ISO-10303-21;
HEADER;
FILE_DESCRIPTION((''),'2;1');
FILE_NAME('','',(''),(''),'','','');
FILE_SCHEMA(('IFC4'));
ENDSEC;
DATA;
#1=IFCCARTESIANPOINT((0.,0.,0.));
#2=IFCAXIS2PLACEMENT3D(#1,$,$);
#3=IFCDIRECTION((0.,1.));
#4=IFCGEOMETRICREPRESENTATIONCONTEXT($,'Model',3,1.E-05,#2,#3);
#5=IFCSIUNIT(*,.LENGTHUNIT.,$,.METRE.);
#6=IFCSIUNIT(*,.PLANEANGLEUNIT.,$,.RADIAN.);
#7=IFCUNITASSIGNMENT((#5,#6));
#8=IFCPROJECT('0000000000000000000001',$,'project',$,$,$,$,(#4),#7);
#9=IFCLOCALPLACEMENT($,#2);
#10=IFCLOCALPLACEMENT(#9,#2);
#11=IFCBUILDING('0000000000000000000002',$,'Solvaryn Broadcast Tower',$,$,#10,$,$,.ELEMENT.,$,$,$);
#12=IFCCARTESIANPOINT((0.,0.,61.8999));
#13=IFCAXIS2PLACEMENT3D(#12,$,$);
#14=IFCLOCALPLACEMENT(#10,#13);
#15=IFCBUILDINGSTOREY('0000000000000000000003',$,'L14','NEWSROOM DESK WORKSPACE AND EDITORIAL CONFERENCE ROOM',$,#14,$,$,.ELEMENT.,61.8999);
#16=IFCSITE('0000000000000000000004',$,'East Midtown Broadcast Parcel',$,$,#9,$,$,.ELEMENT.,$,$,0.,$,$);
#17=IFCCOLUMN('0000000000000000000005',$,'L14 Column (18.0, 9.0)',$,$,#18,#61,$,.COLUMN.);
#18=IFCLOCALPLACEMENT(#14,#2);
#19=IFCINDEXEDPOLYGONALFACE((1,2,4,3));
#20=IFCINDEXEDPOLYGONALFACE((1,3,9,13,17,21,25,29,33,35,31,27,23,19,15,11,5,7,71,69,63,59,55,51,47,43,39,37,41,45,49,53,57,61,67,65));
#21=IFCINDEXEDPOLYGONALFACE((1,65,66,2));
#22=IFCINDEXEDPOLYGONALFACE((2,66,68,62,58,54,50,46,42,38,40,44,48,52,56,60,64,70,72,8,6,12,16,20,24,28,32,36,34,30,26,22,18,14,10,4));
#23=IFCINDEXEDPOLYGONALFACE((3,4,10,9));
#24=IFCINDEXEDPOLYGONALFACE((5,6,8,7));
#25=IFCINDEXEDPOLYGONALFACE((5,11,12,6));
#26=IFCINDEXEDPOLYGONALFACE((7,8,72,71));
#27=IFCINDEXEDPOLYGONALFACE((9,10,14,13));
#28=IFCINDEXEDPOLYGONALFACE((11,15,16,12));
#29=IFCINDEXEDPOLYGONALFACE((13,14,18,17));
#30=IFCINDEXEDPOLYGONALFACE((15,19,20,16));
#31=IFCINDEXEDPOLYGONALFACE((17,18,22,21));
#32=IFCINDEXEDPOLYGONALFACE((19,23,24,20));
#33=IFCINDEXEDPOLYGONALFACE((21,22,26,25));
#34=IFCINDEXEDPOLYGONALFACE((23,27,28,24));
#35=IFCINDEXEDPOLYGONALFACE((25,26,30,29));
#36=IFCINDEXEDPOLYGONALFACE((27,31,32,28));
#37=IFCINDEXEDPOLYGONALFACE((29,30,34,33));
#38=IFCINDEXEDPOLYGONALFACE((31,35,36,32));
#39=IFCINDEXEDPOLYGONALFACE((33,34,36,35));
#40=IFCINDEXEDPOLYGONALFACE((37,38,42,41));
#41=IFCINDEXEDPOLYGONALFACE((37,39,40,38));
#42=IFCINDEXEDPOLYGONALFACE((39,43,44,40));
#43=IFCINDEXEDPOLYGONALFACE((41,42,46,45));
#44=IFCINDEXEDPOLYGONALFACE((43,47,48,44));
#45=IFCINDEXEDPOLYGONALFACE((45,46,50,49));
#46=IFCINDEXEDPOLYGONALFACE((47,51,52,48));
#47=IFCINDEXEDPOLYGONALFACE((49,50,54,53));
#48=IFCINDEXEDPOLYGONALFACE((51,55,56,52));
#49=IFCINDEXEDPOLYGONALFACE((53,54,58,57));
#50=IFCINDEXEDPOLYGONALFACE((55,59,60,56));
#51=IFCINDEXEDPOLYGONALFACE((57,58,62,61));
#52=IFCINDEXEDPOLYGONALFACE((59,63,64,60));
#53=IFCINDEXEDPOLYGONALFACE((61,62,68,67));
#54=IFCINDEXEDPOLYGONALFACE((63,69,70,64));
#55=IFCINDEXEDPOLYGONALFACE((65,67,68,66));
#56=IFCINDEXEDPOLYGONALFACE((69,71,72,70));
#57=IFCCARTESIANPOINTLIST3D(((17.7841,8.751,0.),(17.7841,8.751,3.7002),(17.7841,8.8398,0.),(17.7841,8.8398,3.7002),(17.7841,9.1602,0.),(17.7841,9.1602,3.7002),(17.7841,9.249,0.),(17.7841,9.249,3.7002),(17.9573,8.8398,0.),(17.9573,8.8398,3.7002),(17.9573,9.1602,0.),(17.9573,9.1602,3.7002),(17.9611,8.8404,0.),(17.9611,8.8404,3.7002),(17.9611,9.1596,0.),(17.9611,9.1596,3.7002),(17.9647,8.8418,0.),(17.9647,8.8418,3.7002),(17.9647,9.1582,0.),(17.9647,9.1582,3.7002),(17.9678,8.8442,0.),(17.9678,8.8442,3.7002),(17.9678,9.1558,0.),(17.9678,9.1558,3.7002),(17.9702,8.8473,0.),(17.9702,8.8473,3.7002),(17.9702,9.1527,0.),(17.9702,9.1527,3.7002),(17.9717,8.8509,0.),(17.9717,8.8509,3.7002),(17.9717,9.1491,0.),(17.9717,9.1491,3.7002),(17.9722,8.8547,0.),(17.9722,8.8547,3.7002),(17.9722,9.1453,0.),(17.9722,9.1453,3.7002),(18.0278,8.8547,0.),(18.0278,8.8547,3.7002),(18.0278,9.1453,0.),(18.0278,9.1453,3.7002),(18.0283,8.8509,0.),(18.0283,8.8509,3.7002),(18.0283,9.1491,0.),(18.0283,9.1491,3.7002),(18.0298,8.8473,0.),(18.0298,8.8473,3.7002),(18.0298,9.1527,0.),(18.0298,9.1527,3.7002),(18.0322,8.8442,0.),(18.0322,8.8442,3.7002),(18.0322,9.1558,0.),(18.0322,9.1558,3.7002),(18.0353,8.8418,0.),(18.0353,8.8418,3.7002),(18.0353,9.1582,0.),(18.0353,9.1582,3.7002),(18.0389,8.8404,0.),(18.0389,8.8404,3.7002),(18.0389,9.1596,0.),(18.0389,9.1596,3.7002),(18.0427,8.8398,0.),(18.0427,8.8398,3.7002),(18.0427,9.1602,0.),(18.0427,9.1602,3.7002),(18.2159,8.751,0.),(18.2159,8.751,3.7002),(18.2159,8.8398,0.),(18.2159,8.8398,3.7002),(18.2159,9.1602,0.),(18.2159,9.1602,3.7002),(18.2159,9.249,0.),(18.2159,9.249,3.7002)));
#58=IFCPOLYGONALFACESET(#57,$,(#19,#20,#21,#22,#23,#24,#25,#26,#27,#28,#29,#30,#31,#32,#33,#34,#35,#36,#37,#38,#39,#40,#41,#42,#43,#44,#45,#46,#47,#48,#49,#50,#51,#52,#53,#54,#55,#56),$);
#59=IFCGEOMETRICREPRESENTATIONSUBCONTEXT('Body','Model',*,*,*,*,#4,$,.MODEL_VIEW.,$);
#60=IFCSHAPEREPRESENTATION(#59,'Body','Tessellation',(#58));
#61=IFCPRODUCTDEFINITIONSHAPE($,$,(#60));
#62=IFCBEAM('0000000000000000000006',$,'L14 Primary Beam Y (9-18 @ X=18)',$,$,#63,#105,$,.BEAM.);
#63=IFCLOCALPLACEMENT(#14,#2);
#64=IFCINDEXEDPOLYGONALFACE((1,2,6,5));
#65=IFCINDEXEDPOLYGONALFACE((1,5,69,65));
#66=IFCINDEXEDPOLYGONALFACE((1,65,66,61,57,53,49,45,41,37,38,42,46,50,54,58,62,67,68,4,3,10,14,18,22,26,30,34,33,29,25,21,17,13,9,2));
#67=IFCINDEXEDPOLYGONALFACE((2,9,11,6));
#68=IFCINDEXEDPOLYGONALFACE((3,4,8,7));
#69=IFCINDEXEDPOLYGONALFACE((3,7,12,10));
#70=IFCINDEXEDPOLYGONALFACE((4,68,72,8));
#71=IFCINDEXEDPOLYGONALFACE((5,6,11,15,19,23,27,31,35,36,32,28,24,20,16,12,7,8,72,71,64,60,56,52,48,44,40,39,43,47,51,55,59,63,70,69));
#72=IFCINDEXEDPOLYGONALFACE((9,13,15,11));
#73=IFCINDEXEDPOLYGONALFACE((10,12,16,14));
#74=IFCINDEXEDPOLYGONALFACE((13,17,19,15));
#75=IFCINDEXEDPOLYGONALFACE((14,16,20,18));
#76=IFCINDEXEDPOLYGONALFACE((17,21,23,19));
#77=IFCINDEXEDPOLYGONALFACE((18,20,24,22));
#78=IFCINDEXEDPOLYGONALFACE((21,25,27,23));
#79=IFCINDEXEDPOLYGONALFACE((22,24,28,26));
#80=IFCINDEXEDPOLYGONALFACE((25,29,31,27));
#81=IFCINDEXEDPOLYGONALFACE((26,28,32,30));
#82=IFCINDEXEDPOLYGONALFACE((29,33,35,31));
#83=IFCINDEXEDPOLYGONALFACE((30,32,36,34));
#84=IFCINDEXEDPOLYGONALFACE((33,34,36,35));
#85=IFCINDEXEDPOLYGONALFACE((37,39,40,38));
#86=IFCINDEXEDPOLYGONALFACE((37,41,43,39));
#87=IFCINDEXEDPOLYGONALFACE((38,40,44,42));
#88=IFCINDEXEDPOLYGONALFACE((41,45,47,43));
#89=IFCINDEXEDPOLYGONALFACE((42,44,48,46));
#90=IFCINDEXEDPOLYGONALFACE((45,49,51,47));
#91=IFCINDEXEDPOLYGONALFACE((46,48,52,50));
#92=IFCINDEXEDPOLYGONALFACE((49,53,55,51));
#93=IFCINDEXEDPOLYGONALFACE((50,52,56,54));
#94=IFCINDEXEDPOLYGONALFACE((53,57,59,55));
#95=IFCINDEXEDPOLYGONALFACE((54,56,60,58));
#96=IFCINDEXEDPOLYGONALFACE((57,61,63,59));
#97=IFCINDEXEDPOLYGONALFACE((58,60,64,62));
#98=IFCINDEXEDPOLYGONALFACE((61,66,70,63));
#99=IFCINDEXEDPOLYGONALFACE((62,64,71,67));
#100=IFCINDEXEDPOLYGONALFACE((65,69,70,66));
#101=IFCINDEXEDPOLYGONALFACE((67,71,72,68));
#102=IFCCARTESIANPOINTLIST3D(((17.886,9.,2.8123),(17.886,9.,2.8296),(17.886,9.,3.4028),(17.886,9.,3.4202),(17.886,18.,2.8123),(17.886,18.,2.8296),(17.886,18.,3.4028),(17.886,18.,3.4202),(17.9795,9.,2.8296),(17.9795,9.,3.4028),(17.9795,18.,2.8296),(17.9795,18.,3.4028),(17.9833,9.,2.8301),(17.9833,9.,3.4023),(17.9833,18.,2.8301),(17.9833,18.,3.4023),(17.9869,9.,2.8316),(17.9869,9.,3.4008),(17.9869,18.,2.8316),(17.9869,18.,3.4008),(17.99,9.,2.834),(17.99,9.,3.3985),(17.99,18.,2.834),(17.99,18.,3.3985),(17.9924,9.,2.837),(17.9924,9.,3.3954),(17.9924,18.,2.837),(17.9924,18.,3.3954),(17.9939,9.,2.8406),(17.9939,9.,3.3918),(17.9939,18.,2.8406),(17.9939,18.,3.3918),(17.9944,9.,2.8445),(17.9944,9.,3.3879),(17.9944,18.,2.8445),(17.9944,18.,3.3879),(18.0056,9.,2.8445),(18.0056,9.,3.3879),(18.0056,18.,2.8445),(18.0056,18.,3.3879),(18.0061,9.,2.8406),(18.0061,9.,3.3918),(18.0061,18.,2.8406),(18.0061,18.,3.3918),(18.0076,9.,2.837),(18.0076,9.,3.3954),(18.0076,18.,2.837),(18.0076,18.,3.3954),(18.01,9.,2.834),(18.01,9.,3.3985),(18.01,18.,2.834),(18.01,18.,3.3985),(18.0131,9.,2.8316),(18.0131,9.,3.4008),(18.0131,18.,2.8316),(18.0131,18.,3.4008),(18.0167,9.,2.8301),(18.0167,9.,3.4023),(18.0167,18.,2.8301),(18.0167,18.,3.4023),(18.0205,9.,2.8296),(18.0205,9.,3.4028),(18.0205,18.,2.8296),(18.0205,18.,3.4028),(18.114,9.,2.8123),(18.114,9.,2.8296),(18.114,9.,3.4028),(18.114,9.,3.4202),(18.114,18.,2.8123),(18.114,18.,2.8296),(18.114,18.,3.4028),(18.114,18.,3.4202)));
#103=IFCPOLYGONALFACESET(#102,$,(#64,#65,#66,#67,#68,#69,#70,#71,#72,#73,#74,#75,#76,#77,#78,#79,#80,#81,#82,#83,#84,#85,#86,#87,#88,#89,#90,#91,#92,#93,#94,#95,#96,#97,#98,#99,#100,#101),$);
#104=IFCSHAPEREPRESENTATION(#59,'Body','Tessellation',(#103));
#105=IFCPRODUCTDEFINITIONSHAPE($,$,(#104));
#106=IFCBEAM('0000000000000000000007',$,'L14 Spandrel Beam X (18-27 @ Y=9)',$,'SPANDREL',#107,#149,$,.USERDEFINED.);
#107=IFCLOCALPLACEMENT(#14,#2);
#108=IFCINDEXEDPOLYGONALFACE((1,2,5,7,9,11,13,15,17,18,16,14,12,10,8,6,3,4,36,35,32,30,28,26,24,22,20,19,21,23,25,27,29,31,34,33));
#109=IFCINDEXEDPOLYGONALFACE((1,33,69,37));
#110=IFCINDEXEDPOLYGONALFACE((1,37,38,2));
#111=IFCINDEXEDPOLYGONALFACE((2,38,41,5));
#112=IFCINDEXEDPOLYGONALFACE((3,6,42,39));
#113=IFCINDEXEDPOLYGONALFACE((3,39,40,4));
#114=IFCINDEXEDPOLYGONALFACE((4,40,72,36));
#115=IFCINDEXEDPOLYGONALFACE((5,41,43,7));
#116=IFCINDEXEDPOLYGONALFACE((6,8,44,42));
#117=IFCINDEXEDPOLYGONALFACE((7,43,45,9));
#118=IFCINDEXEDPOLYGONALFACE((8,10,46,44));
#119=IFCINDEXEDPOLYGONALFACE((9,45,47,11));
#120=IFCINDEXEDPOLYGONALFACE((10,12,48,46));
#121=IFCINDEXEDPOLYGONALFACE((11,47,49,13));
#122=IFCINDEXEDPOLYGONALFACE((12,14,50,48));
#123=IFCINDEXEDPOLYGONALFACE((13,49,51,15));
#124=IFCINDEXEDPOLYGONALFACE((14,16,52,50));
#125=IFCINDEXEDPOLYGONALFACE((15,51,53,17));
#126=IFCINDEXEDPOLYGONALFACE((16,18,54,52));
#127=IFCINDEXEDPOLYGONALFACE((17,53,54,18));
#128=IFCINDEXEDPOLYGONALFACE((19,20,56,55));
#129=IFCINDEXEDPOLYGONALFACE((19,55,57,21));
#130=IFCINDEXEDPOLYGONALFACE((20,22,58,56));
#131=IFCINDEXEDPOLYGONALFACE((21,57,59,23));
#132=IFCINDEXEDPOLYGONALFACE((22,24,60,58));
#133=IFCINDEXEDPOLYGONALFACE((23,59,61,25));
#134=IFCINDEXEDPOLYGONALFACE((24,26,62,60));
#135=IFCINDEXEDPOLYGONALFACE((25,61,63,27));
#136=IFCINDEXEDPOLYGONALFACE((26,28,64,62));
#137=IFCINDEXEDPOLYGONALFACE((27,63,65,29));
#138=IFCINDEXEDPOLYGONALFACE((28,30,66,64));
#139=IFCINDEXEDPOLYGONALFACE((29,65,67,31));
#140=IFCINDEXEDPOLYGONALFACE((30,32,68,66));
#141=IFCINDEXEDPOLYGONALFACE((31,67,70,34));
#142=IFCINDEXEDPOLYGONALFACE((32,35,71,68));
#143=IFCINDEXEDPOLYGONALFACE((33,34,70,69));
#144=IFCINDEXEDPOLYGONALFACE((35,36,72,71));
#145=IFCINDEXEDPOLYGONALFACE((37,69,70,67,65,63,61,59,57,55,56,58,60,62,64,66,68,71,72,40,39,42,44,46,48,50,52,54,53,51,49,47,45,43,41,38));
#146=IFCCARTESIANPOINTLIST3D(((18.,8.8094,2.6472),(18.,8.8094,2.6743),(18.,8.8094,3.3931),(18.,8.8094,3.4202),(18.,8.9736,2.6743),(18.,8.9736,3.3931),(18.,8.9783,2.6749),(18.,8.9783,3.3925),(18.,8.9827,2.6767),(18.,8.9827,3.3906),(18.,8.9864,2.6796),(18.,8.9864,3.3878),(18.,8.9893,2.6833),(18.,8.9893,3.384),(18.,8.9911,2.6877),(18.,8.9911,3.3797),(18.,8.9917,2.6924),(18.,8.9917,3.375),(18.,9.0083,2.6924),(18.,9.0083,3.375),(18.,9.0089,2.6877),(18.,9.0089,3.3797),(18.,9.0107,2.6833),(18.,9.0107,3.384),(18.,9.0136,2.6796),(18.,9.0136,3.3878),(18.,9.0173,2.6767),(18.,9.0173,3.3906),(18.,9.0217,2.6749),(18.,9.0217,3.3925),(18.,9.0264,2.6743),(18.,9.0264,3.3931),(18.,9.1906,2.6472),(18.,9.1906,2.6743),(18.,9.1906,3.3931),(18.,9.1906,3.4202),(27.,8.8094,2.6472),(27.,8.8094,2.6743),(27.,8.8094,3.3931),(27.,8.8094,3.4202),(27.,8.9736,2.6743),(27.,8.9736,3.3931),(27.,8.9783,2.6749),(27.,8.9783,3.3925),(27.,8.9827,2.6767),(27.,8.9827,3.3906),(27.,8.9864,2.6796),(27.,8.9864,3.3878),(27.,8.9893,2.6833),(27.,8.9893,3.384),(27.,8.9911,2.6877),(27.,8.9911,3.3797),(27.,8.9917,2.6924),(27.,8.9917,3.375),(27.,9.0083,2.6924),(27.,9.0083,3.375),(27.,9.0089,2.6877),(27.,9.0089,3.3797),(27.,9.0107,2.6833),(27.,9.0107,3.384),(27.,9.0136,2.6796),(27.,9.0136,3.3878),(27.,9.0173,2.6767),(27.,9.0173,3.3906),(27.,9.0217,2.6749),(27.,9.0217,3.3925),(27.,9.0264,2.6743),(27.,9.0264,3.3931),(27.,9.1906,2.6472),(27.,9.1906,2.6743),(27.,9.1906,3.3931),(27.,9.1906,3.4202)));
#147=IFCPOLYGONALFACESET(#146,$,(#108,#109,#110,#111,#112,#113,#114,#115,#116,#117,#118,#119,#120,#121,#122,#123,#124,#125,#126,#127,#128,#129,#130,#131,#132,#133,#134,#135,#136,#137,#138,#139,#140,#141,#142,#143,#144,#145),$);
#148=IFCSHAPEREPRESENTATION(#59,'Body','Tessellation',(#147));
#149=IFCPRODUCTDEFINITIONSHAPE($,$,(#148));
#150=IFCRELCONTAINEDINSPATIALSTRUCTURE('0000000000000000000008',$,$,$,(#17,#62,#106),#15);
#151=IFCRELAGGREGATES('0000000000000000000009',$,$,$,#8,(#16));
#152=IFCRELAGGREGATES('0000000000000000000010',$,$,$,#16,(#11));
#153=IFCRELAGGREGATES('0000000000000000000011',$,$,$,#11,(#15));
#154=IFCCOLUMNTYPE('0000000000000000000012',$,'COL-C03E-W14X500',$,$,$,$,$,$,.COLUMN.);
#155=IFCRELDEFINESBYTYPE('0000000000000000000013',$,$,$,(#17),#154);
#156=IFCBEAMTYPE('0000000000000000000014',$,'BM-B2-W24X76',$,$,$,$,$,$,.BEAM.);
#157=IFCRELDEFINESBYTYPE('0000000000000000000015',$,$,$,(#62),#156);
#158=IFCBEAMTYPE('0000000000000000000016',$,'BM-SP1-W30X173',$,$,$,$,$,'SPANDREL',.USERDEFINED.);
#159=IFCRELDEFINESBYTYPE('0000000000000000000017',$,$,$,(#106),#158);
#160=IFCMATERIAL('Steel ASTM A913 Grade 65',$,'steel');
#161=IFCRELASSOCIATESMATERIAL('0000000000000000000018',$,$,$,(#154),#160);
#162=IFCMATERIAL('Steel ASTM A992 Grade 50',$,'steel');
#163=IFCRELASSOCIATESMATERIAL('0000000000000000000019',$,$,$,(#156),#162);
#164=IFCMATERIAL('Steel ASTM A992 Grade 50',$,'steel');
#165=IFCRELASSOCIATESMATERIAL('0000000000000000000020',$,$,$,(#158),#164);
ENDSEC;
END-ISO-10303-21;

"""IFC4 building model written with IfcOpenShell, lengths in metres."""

from ifc_helpers import new_model, si_unit, direction, frame, origin, origin_2d, place, context, subcontext, project, spatial, i_section, extrude, material, material_profile, profile_set, type_object, element, save


model = new_model("IFC4")

# Units and contexts
model_context = context("Model", 3, precision=1e-05, world=origin(), true_north=direction((0.0, 1.0)))
body_context = subcontext(model_context, "Body", "Model", "MODEL_VIEW")
ifc_project = project(units=[si_unit("LENGTHUNIT", "METRE"), si_unit("PLANEANGLEUNIT", "RADIAN")], contexts=[model_context])

# Site, building, storey
site_placement = place(None, origin())
site = spatial("IfcSite", under=ifc_project, at=site_placement, Name="East Midtown Broadcast Parcel", CompositionType="ELEMENT", RefElevation=0.0)
building_placement = place(site_placement, origin())
building = spatial("IfcBuilding", under=site, at=building_placement, Name="Solvaryn Broadcast Tower", CompositionType="ELEMENT")
storey_placement = place(building_placement, frame((0.0, 0.0, 61.8999)))
storey = spatial("IfcBuildingStorey", under=building, at=storey_placement, Name="L14", Description="NEWSROOM DESK WORKSPACE AND EDITORIAL CONFERENCE ROOM", CompositionType="ELEMENT", Elevation=61.8999)

# Column
ifc_material_1 = material(Name="Steel ASTM A913 Grade 65", Category="steel")
ifc_material_profile_1 = material_profile(ifc_material_1, i_section(OverallWidth=0.4319, OverallDepth=0.498, WebThickness=0.0557, FlangeThickness=0.0889, FilletRadius=0.0149, at=origin_2d()))
ifc_profile_set_1 = profile_set([ifc_material_profile_1], Name="Steel ASTM A913 Grade 65")
column_type = type_object("IfcColumnType", Name="COL-C03E-W14X500", PredefinedType="COLUMN", material=ifc_profile_set_1)
column_placement = place(storey_placement, frame((18.0, 9.0, 0.0), z_axis=(0.0, 0.0, 1.0), x_axis=(1.0, 0.0, 0.0)))
element("IfcColumn", 1, at=column_placement, inside=storey, type_object=column_type, Name="L14 Column (18.0, 9.0)", PredefinedType="COLUMN", context=body_context, shape_type="SweptSolid", body=[
    extrude(i_section(OverallWidth=0.4319, OverallDepth=0.498, WebThickness=0.0557, FlangeThickness=0.0889, FilletRadius=0.0149, at=origin_2d()), origin(), (0.0, 0.0, 1.0), 3.7002),
])

# Beams
ifc_material_2 = material(Name="Steel ASTM A992 Grade 50", Category="steel")
ifc_material_profile_2 = material_profile(ifc_material_2, i_section(OverallWidth=0.228, OverallDepth=0.6079, WebThickness=0.0112, FlangeThickness=0.0173, FilletRadius=0.0149, at=origin_2d()))
ifc_profile_set_2 = profile_set([ifc_material_profile_2], Name="Steel ASTM A992 Grade 50")
beam_type_1 = type_object("IfcBeamType", Name="BM-B2-W24X76", PredefinedType="BEAM", material=ifc_profile_set_2)
beam_1_placement = place(storey_placement, frame((18.0, 9.0, 3.1162), z_axis=(0.0, 1.0, 0.0), x_axis=(-1.0, 0.0, 0.0)))
element("IfcBeam", 2, at=beam_1_placement, inside=storey, type_object=beam_type_1, Name="L14 Primary Beam Y (9-18 @ X=18)", PredefinedType="BEAM", context=body_context, shape_type="SweptSolid", body=[
    extrude(i_section(OverallWidth=0.228, OverallDepth=0.6079, WebThickness=0.0112, FlangeThickness=0.0173, FilletRadius=0.0149, at=origin_2d()), origin(), (0.0, 0.0, 1.0), 9.0),
])
ifc_material_3 = material(Name="Steel ASTM A992 Grade 50", Category="steel")
ifc_material_profile_3 = material_profile(ifc_material_3, i_section(OverallWidth=0.3811, OverallDepth=0.7729, WebThickness=0.0166, FlangeThickness=0.0271, FilletRadius=0.0181, at=origin_2d()))
ifc_profile_set_3 = profile_set([ifc_material_profile_3], Name="Steel ASTM A992 Grade 50")
beam_type_2 = type_object("IfcBeamType", Name="BM-SP1-W30X173", ElementType="SPANDREL", PredefinedType="USERDEFINED", material=ifc_profile_set_3)
beam_2_placement = place(storey_placement, frame((18.0, 9.0, 3.0337), z_axis=(1.0, 0.0, 0.0), x_axis=(0.0, 1.0, 0.0)))
element("IfcBeam", 3, at=beam_2_placement, inside=storey, type_object=beam_type_2, Name="L14 Spandrel Beam X (18-27 @ Y=9)", ObjectType="SPANDREL", PredefinedType="USERDEFINED", context=body_context, shape_type="SweptSolid", body=[
    extrude(i_section(OverallWidth=0.3811, OverallDepth=0.7729, WebThickness=0.0166, FlangeThickness=0.0271, FilletRadius=0.0181, at=origin_2d()), origin(), (0.0, 0.0, 1.0), 9.0),
])

save(model, "model.ifc")
